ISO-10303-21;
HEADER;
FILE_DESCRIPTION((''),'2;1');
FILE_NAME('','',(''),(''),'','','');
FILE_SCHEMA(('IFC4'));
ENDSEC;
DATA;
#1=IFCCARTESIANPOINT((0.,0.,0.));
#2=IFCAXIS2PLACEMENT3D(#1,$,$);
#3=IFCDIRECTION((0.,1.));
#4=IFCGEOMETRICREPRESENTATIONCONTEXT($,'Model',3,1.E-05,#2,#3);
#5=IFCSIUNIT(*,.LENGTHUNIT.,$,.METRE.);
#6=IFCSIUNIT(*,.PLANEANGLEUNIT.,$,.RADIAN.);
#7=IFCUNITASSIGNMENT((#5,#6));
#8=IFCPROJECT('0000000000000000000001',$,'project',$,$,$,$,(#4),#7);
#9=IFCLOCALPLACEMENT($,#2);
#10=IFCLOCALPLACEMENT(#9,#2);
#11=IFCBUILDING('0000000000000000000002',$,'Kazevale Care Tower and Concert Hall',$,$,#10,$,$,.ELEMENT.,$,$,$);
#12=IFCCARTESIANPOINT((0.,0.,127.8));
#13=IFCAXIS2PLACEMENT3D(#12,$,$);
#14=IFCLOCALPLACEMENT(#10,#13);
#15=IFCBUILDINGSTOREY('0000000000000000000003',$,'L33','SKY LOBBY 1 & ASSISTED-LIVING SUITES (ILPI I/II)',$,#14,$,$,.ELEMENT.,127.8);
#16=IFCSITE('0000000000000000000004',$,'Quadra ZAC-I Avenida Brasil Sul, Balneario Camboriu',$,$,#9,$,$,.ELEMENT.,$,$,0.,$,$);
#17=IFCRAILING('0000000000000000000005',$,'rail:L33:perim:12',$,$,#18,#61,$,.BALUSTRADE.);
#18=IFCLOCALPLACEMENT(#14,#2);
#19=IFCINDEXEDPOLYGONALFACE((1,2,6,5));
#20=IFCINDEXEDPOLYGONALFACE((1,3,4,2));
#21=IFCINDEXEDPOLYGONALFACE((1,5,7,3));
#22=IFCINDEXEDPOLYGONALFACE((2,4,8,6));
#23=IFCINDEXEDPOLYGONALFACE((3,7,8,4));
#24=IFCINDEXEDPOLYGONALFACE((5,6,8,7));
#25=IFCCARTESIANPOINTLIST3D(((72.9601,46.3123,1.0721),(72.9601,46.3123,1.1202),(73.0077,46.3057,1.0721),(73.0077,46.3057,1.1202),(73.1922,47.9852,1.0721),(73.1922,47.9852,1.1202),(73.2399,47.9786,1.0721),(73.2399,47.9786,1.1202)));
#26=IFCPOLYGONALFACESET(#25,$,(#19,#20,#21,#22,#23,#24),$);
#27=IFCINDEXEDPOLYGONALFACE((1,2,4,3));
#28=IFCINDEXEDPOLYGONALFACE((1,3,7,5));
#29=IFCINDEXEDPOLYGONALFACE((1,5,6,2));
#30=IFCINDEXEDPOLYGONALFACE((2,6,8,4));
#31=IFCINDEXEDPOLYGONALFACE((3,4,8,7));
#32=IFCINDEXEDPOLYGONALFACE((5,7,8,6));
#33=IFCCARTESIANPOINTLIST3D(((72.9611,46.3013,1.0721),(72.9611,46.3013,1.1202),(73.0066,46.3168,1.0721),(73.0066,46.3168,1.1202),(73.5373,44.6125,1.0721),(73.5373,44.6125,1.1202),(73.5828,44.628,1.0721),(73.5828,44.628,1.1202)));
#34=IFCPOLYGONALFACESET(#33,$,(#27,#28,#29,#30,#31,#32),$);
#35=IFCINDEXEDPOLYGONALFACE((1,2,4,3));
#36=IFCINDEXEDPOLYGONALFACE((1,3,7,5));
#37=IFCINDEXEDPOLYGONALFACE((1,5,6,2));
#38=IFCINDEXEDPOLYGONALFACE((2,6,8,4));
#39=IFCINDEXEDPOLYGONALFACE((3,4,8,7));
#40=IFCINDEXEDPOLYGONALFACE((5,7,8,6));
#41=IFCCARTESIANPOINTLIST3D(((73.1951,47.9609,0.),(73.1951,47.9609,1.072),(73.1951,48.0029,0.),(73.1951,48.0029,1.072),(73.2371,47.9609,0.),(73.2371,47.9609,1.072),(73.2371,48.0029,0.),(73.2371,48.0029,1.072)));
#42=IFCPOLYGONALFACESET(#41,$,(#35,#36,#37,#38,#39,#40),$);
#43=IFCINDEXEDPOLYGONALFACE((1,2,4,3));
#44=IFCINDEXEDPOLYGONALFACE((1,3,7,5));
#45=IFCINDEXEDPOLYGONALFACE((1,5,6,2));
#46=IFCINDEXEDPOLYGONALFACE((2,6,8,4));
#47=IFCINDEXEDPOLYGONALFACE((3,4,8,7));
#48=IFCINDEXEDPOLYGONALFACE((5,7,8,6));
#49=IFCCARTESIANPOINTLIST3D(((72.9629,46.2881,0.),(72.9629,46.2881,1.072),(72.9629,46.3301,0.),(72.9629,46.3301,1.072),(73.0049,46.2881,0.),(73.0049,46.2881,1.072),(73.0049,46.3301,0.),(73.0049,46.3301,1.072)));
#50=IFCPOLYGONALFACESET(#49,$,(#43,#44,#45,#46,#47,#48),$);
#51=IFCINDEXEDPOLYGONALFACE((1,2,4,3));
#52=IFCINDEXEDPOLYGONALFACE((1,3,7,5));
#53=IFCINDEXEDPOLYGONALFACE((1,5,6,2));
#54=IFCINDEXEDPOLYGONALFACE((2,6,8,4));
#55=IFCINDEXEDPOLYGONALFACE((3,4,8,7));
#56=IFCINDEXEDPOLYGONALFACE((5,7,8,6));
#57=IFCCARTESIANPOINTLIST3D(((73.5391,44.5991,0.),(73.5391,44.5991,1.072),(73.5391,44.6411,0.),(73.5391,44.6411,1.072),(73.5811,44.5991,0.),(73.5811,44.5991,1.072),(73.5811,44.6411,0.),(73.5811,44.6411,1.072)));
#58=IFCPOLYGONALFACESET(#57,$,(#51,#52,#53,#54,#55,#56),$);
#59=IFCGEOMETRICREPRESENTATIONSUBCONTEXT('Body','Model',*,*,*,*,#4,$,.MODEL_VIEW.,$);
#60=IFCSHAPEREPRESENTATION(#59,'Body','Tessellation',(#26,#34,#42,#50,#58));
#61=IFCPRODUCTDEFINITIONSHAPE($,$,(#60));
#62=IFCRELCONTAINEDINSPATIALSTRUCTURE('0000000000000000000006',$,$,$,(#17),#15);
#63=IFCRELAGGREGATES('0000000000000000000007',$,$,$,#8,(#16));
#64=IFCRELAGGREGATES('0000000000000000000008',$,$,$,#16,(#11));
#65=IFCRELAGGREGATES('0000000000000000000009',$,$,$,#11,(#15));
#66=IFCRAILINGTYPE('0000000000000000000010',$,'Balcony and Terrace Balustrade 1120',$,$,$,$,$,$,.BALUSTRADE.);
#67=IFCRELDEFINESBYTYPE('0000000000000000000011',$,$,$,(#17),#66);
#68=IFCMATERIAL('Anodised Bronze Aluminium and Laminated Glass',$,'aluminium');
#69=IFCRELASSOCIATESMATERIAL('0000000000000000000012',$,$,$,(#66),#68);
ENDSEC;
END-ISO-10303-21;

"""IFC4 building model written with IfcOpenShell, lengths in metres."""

from ifc_helpers import new_model, si_unit, direction, frame, origin, origin_2d, place, context, subcontext, project, spatial, rectangle, extrude, material, type_object, element, save


model = new_model("IFC4")

# Units and contexts
model_context = context("Model", 3, precision=1e-05, world=origin(), true_north=direction((0.0, 1.0)))
body_context = subcontext(model_context, "Body", "Model", "MODEL_VIEW")
ifc_project = project(units=[si_unit("LENGTHUNIT", "METRE"), si_unit("PLANEANGLEUNIT", "RADIAN")], contexts=[model_context])

# Site, building, storey
site_placement = place(None, origin())
site = spatial("IfcSite", under=ifc_project, at=site_placement, Name="Quadra ZAC-I Avenida Brasil Sul, Balneario Camboriu", CompositionType="ELEMENT", RefElevation=0.0)
building_placement = place(site_placement, origin())
building = spatial("IfcBuilding", under=site, at=building_placement, Name="Kazevale Care Tower and Concert Hall", CompositionType="ELEMENT")
storey_placement = place(building_placement, frame((0.0, 0.0, 127.8)))
storey = spatial("IfcBuildingStorey", under=building, at=storey_placement, Name="L33", Description="SKY LOBBY 1 & ASSISTED-LIVING SUITES (ILPI I/II)", CompositionType="ELEMENT", Elevation=127.8)

# Railing
ifc_material_1 = material(Name="Anodised Bronze Aluminium and Laminated Glass", Category="aluminium")
railing_type = type_object("IfcRailingType", Name="Balcony and Terrace Balustrade 1120", PredefinedType="BALUSTRADE", material=ifc_material_1)
railing_1_placement = place(storey_placement, frame((73.2161, 47.9819, 0.0)))
element("IfcRailing", 1, at=railing_1_placement, inside=storey, type_object=railing_type, Name="rail:L33:perim:12", PredefinedType="BALUSTRADE", context=body_context, shape_type="SweptSolid", body=[
    extrude(rectangle(XDim=0.0481, YDim=0.0481, at=origin_2d()), frame((0.0, 0.0, 1.0962), z_axis=(-0.137474, -0.990505, 0.0), x_axis=(0.990505, -0.137474, 0.0)), (0.0, 0.0, 1.0), 1.689),
    extrude(rectangle(XDim=0.0481, YDim=0.0481, at=origin_2d()), frame((-0.2322, -1.6729, 1.0962), z_axis=(0.322869, -0.946444, 0.0), x_axis=(0.946444, 0.322869, 0.0)), (0.0, 0.0, 1.0), 1.7844),
    extrude(rectangle(XDim=0.042, YDim=0.042, at=origin_2d()), origin(), (0.0, 0.0, 1.0), 1.072),
    extrude(rectangle(XDim=0.042, YDim=0.042, at=origin_2d()), frame((-0.2322, -1.6729, 0.0)), (0.0, 0.0, 1.0), 1.072),
    extrude(rectangle(XDim=0.042, YDim=0.042, at=origin_2d()), frame((0.344, -3.3618, 0.0)), (0.0, 0.0, 1.0), 1.072),
])

save(model, "model.ifc")
